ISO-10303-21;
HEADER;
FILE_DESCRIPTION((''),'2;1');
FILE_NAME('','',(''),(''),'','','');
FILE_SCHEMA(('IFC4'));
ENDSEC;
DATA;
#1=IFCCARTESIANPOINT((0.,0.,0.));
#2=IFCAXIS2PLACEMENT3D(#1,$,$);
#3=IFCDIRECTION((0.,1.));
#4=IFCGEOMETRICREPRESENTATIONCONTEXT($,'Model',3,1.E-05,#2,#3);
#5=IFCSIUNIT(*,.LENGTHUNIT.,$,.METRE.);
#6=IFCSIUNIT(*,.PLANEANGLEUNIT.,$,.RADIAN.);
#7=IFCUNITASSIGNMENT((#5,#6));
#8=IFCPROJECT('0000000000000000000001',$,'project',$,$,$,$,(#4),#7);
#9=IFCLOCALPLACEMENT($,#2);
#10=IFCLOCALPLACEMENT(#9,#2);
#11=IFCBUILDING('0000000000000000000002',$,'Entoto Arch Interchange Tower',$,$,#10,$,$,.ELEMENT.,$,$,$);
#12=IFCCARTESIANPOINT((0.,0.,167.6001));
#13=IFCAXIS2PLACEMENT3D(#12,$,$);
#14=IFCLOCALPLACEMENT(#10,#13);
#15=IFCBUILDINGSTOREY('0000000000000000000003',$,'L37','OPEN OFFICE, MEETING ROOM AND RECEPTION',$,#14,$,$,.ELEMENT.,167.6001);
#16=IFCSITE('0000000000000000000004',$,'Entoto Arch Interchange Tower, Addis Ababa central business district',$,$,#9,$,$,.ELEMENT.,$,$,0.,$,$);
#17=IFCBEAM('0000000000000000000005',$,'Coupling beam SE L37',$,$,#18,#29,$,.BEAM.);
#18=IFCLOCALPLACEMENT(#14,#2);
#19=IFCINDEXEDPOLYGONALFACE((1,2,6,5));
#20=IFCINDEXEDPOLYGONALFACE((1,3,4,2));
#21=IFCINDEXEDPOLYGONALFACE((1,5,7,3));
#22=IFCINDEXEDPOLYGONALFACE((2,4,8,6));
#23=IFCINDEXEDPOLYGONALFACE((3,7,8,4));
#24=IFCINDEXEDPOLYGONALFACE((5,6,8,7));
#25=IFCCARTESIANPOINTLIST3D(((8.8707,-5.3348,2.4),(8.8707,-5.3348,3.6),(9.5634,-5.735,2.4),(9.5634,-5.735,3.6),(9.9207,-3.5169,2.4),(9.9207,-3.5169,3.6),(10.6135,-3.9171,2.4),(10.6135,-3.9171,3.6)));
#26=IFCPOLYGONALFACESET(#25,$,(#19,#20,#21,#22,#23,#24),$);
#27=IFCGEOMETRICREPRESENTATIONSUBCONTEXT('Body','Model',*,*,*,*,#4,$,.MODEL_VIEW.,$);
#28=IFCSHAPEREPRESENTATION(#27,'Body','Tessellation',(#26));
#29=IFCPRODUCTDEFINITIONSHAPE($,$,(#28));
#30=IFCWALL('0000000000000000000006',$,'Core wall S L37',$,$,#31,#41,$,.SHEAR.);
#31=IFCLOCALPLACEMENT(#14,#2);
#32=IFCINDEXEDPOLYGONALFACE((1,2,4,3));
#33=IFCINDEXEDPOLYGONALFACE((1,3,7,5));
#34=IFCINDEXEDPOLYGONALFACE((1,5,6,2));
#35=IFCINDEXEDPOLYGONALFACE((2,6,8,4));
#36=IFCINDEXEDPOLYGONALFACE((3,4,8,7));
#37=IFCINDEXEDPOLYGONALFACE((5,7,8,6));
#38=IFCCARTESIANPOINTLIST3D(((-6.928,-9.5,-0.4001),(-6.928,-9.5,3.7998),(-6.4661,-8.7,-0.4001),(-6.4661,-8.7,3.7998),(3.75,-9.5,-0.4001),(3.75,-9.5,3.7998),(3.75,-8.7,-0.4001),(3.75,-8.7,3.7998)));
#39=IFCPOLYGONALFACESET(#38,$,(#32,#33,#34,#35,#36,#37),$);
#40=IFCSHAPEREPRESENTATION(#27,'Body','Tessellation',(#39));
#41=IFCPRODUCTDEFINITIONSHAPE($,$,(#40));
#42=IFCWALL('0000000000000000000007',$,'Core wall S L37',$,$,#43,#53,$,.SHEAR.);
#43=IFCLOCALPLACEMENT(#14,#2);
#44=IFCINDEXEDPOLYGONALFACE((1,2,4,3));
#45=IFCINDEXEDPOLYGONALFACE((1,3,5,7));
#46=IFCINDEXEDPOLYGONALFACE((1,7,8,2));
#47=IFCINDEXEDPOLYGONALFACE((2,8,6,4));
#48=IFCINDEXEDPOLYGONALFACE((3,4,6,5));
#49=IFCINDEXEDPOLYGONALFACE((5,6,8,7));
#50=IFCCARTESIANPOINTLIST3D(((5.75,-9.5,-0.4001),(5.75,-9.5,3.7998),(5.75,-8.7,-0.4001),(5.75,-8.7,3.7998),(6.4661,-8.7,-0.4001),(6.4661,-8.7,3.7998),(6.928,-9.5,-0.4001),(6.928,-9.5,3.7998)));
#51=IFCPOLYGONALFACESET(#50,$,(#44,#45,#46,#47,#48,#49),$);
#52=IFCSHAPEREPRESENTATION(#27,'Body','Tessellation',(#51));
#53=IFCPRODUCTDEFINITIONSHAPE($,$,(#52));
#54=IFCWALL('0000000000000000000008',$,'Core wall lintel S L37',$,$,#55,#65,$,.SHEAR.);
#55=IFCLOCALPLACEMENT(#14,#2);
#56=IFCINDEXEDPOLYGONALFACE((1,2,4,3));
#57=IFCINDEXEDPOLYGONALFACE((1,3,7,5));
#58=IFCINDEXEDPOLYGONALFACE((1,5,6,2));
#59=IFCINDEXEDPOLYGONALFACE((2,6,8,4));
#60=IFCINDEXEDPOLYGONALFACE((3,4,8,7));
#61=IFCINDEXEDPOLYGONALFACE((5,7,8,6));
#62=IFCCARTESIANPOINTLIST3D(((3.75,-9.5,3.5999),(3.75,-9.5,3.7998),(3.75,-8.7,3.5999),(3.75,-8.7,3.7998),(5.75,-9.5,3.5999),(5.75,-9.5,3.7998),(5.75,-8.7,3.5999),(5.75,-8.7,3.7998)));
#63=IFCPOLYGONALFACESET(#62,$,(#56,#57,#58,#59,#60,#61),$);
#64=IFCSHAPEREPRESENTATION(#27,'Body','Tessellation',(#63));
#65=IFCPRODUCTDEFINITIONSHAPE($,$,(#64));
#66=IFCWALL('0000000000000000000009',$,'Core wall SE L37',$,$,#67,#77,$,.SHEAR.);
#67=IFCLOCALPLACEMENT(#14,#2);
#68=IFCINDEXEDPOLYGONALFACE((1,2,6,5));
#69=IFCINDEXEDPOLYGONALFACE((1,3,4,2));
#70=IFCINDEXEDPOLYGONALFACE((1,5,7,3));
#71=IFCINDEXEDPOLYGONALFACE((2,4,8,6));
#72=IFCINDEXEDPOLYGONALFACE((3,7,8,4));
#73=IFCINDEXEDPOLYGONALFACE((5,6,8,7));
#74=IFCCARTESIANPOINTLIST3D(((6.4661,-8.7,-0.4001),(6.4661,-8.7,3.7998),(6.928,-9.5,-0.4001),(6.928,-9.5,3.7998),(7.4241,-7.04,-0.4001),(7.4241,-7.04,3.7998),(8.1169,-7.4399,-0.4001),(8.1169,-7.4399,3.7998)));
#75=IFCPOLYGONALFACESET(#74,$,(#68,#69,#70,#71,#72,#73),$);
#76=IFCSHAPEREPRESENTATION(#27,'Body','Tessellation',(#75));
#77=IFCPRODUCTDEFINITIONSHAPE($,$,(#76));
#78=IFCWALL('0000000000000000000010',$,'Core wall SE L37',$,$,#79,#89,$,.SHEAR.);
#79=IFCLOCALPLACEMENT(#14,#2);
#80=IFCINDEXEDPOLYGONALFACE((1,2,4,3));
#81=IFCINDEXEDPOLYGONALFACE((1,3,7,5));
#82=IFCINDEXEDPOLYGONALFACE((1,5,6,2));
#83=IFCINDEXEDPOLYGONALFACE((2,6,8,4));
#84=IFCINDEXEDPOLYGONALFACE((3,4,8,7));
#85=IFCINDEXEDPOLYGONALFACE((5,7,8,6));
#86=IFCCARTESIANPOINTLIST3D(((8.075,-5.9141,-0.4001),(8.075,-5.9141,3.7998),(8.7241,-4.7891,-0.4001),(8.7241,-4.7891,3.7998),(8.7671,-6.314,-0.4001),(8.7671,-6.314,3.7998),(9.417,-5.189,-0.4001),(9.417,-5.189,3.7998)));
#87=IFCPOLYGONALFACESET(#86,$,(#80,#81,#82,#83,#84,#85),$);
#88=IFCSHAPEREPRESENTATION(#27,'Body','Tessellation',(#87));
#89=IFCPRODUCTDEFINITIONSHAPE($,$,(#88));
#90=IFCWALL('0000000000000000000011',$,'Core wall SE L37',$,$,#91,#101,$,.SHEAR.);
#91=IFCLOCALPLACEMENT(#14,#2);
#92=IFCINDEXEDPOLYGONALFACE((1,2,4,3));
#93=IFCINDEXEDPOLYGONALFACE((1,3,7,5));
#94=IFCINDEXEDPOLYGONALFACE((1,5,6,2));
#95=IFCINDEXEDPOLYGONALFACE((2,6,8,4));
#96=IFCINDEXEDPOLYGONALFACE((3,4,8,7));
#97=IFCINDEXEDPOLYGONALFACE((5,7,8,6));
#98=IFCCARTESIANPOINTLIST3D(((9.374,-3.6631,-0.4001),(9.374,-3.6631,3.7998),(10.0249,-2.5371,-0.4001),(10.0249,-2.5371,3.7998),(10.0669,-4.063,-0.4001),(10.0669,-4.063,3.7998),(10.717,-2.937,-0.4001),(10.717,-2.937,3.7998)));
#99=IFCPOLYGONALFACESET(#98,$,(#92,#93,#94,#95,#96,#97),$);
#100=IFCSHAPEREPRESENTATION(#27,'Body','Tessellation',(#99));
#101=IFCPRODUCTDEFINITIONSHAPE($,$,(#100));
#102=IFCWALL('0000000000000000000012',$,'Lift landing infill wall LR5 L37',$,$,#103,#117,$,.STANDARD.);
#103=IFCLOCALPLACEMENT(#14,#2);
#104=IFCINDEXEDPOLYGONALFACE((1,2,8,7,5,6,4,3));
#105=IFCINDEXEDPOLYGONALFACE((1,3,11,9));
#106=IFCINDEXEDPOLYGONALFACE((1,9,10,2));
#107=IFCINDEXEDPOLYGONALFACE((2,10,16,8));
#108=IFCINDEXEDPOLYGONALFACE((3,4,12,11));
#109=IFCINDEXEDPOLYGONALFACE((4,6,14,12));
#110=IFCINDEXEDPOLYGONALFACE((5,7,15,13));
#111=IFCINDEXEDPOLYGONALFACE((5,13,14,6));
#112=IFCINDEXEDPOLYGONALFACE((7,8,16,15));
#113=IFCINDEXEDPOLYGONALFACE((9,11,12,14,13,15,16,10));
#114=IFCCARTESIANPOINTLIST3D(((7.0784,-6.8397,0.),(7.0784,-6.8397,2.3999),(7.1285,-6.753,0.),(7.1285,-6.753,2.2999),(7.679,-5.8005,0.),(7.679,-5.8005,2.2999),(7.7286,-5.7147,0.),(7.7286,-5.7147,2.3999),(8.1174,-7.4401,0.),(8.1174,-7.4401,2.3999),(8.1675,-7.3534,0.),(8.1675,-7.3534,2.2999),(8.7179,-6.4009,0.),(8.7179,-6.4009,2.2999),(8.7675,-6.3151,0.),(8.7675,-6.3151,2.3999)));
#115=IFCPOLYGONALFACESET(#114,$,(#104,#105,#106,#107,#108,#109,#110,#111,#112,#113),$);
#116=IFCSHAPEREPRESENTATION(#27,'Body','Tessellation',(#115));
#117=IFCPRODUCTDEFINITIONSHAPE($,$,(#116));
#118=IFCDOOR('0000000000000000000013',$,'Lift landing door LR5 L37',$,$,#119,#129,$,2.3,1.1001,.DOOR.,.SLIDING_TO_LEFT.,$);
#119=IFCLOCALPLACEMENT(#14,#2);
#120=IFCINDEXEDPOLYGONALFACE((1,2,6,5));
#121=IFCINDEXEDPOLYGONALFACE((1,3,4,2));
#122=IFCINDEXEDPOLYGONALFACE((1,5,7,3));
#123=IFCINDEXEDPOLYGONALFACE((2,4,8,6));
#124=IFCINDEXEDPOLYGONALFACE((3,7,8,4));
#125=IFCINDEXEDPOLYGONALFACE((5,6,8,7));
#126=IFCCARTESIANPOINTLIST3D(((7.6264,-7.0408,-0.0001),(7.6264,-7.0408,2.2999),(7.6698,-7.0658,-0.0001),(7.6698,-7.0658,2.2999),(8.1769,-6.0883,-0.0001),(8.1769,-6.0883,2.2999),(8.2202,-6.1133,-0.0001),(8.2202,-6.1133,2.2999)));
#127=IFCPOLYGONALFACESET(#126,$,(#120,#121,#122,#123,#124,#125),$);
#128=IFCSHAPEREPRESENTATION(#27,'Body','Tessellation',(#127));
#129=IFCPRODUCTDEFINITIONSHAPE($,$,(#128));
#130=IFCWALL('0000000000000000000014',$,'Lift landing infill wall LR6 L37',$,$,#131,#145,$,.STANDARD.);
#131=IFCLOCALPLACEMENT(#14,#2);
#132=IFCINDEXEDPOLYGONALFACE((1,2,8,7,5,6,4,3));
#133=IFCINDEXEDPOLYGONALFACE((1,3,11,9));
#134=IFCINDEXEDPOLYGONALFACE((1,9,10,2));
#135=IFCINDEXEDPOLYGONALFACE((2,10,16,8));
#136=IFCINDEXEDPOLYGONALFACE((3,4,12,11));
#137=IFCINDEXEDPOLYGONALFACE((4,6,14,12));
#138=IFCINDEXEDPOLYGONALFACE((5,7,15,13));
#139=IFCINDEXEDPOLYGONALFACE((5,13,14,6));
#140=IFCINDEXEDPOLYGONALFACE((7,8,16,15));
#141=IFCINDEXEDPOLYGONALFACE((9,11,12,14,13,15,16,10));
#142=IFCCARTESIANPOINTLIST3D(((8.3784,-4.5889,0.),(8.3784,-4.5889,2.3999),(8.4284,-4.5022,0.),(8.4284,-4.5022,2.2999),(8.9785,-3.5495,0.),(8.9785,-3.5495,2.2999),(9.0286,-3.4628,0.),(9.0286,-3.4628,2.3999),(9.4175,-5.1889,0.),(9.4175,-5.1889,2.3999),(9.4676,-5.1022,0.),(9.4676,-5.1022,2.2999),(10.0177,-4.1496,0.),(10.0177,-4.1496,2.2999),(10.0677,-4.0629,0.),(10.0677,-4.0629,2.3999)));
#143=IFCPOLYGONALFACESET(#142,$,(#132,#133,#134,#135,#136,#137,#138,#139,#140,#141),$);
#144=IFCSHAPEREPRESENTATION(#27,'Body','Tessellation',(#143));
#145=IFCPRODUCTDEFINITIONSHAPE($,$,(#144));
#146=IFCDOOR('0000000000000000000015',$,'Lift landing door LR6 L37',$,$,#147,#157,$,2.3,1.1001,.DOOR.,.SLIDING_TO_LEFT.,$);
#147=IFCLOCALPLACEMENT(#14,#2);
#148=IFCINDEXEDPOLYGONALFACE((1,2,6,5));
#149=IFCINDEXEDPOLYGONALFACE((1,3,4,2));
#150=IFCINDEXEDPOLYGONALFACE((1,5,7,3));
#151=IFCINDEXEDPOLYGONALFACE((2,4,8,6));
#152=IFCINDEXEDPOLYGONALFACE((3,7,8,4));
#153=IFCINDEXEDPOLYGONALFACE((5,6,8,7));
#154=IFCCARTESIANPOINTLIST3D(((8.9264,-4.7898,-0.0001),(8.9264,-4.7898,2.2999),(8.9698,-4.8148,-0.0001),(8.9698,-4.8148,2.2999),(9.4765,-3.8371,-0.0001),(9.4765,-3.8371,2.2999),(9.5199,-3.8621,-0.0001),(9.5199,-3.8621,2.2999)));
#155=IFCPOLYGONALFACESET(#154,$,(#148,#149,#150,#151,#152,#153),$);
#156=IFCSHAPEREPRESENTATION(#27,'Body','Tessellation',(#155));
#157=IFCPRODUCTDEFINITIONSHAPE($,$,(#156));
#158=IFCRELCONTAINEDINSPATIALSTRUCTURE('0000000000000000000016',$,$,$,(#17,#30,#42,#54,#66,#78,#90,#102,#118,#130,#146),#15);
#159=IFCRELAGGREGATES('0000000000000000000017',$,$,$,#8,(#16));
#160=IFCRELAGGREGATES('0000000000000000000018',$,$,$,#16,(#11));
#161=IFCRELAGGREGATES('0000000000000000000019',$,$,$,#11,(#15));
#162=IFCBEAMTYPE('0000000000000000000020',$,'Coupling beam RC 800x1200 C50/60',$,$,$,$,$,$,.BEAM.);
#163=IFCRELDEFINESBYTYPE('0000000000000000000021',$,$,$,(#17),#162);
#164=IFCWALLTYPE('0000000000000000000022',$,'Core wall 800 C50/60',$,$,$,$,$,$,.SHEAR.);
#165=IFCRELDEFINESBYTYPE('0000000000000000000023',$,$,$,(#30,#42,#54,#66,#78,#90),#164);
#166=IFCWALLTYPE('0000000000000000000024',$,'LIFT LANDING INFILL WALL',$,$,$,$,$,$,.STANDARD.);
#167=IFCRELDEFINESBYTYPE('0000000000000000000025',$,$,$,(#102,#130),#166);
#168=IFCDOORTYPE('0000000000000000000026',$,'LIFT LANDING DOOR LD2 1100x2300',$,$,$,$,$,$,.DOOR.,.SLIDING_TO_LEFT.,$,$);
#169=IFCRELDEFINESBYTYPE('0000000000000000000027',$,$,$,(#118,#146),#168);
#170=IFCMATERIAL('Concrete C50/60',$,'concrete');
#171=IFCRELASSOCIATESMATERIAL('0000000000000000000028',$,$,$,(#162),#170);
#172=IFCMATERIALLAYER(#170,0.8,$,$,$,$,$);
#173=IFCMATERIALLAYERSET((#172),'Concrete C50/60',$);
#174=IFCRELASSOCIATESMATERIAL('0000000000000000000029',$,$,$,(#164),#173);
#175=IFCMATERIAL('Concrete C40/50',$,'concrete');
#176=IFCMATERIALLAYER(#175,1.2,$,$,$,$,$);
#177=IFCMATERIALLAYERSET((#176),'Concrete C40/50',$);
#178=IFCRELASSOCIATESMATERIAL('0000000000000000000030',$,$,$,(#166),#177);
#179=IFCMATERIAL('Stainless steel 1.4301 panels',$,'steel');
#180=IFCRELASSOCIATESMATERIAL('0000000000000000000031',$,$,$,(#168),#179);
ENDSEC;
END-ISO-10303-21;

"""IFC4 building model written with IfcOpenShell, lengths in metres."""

from ifc_helpers import new_model, si_unit, direction, frame, frame_2d, origin, origin_2d, place, context, subcontext, project, spatial, polyline, rectangle, outline, extrude, material, layer, layer_set, material_profile, profile_set, type_object, element, fill, save


model = new_model("IFC4")

# Units and contexts
model_context = context("Model", 3, precision=1e-05, world=origin(), true_north=direction((0.0, 1.0)))
body_context = subcontext(model_context, "Body", "Model", "MODEL_VIEW")
ifc_project = project(units=[si_unit("LENGTHUNIT", "METRE"), si_unit("PLANEANGLEUNIT", "RADIAN")], contexts=[model_context])

# Site, building, storey
site_placement = place(None, origin())
site = spatial("IfcSite", under=ifc_project, at=site_placement, Name="Entoto Arch Interchange Tower, Addis Ababa central business district", CompositionType="ELEMENT", RefElevation=0.0)
building_placement = place(site_placement, origin())
building = spatial("IfcBuilding", under=site, at=building_placement, Name="Entoto Arch Interchange Tower", CompositionType="ELEMENT")
storey_placement = place(building_placement, frame((0.0, 0.0, 167.6001)))
storey = spatial("IfcBuildingStorey", under=building, at=storey_placement, Name="L37", Description="OPEN OFFICE, MEETING ROOM AND RECEPTION", CompositionType="ELEMENT", Elevation=167.6001)

# Beam
ifc_material_1 = material(Name="Concrete C50/60", Category="concrete")
ifc_material_profile = material_profile(ifc_material_1, rectangle(XDim=0.8, YDim=1.2, at=origin_2d()))
ifc_profile_set = profile_set([ifc_material_profile], Name="Concrete C50/60")
beam_type = type_object("IfcBeamType", Name="Coupling beam RC 800x1200 C50/60", PredefinedType="BEAM", material=ifc_profile_set)
beam_placement = place(storey_placement, frame((9.217, -5.5349, 3.0), z_axis=(0.500179, 0.865922, 0.0), x_axis=(-0.865922, 0.500179, 0.0)))
element("IfcBeam", 1, at=beam_placement, inside=storey, type_object=beam_type, Name="Coupling beam SE L37", PredefinedType="BEAM", context=body_context, shape_type="SweptSolid", body=[
    extrude(rectangle(XDim=0.8, YDim=1.2, at=origin_2d()), origin(), (0.0, 0.0, 1.0), 2.0994),
])

# Walls
ifc_layer_1 = layer(ifc_material_1, 0.8)
ifc_layer_set_1 = layer_set([ifc_layer_1], Name="Concrete C50/60")
wall_type_1 = type_object("IfcWallType", Name="Core wall 800 C50/60", PredefinedType="SHEAR", material=ifc_layer_set_1)
wall_1_placement = place(storey_placement, frame((0.0, 0.0, -0.4001)))
element("IfcWall", 2, at=wall_1_placement, inside=storey, type_object=wall_type_1, Name="Core wall S L37", PredefinedType="SHEAR", context=body_context, shape_type="SweptSolid", body=[
    extrude(outline(polyline([(3.75, -9.5), (3.75, -8.7), (-6.4661, -8.7), (-6.928, -9.5), (3.75, -9.5)])), origin(), (0.0, 0.0, 1.0), 4.2),
])
wall_2_placement = place(storey_placement, frame((0.0, 0.0, -0.4001)))
element("IfcWall", 3, at=wall_2_placement, inside=storey, type_object=wall_type_1, Name="Core wall S L37", PredefinedType="SHEAR", context=body_context, shape_type="SweptSolid", body=[
    extrude(outline(polyline([(5.75, -8.7), (5.75, -9.5), (6.928, -9.5), (6.4661, -8.7), (5.75, -8.7)])), origin(), (0.0, 0.0, 1.0), 4.2),
])
wall_3_placement = place(storey_placement, frame((0.0, 0.0, 3.5999)))
element("IfcWall", 4, at=wall_3_placement, inside=storey, type_object=wall_type_1, Name="Core wall lintel S L37", PredefinedType="SHEAR", context=body_context, shape_type="SweptSolid", body=[
    extrude(outline(polyline([(5.75, -9.5), (5.75, -8.7), (3.75, -8.7), (3.75, -9.5), (5.75, -9.5)])), origin(), (0.0, 0.0, 1.0), 0.2),
])
wall_4_placement = place(storey_placement, frame((0.0, 0.0, -0.4001)))
element("IfcWall", 5, at=wall_4_placement, inside=storey, type_object=wall_type_1, Name="Core wall SE L37", PredefinedType="SHEAR", context=body_context, shape_type="SweptSolid", body=[
    extrude(outline(polyline([(8.1169, -7.4399), (7.4241, -7.04), (6.4661, -8.7), (6.928, -9.5), (8.1169, -7.4399)])), origin(), (0.0, 0.0, 1.0), 4.2),
])
wall_5_placement = place(storey_placement, frame((0.0, 0.0, -0.4001)))
element("IfcWall", 6, at=wall_5_placement, inside=storey, type_object=wall_type_1, Name="Core wall SE L37", PredefinedType="SHEAR", context=body_context, shape_type="SweptSolid", body=[
    extrude(outline(polyline([(9.417, -5.189), (8.7241, -4.7891), (8.075, -5.9141), (8.7671, -6.314), (9.417, -5.189)])), origin(), (0.0, 0.0, 1.0), 4.2),
])
wall_6_placement = place(storey_placement, frame((0.0, 0.0, -0.4001)))
element("IfcWall", 7, at=wall_6_placement, inside=storey, type_object=wall_type_1, Name="Core wall SE L37", PredefinedType="SHEAR", context=body_context, shape_type="SweptSolid", body=[
    extrude(outline(polyline([(10.717, -2.937), (10.0249, -2.5371), (9.374, -3.6631), (10.0669, -4.063), (10.717, -2.937)])), origin(), (0.0, 0.0, 1.0), 4.2),
])

# Walls, openings, doors
ifc_material_2 = material(Name="Concrete C40/50", Category="concrete")
ifc_layer_2 = layer(ifc_material_2, 1.2)
ifc_layer_set_2 = layer_set([ifc_layer_2], Name="Concrete C40/50")
wall_type_2 = type_object("IfcWallType", Name="LIFT LANDING INFILL WALL", PredefinedType="STANDARD", material=ifc_layer_set_2)
wall_7_placement = place(storey_placement, frame((7.5979, -7.1399, 0.0), z_axis=(0.0, 0.0, 1.0), x_axis=(0.500362, 0.865816, 0.0)))
wall_7 = element("IfcWall", 8, at=wall_7_placement, inside=storey, type_object=wall_type_2, Name="Lift landing infill wall LR5 L37", PredefinedType="STANDARD", context=body_context, shape_type="SweptSolid", body=[
    extrude(rectangle(XDim=1.2993, YDim=1.2, at=frame_2d((0.6497, 0.0))), origin(), (0.0, 0.0, 1.0), 2.3999),
])
opening_1_placement = place(wall_7_placement, frame((0.1001, 0.0, 0.0)))
opening_1 = element("IfcOpeningElement", 9, at=opening_1_placement, cuts=wall_7, PredefinedType="OPENING", context=body_context, shape_type="SweptSolid", body=[
    extrude(rectangle(XDim=1.1001, YDim=2.3, at=frame_2d((0.55, 1.1499))), frame((0.0, 0.6099, 0.0), z_axis=(0.0, -1.0, 0.0), x_axis=(1.0, 0.0, 0.0)), (0.0, 0.0, 1.0), 1.22),
])
ifc_material_3 = material(Name="Stainless steel 1.4301 panels", Category="steel")
door_type_1 = type_object("IfcDoorType", Name="LIFT LANDING DOOR LD2 1100x2300", OperationType="SLIDING_TO_LEFT", PredefinedType="DOOR", material=ifc_material_3)
door_1_placement = place(opening_1_placement, origin())
door_1 = element("IfcDoor", 10, at=door_1_placement, inside=storey, type_object=door_type_1, Name="Lift landing door LR5 L37", OperationType="SLIDING_TO_LEFT", OverallHeight=2.3, OverallWidth=1.1001, PredefinedType="DOOR", context=body_context, shape_type="SweptSolid", body=[
    extrude(rectangle(XDim=1.1001, YDim=2.3, at=frame_2d((0.55, 1.1499))), frame((0.0, 0.0249, 0.0), z_axis=(0.0, -1.0, 0.0), x_axis=(1.0, 0.0, 0.0)), (0.0, 0.0, 1.0), 0.05),
])
fill(opening_1, door_1)
wall_8_placement = place(storey_placement, frame((8.8979, -4.8889, 0.0), z_axis=(0.0, 0.0, 1.0), x_axis=(0.500037, 0.866004, 0.0)))
wall_8 = element("IfcWall", 11, at=wall_8_placement, inside=storey, type_object=wall_type_2, Name="Lift landing infill wall LR6 L37", PredefinedType="STANDARD", context=body_context, shape_type="SweptSolid", body=[
    extrude(rectangle(XDim=1.3003, YDim=1.2, at=frame_2d((0.6501, 0.0))), origin(), (0.0, 0.0, 1.0), 2.3999),
])
opening_2_placement = place(wall_8_placement, frame((0.1001, 0.0, 0.0)))
opening_2 = element("IfcOpeningElement", 12, at=opening_2_placement, cuts=wall_8, PredefinedType="OPENING", context=body_context, shape_type="SweptSolid", body=[
    extrude(rectangle(XDim=1.1001, YDim=2.3, at=frame_2d((0.55, 1.1499))), frame((0.0, 0.6099, 0.0), z_axis=(0.0, -1.0, 0.0), x_axis=(1.0, 0.0, 0.0)), (0.0, 0.0, 1.0), 1.22),
])
door_2_placement = place(opening_2_placement, origin())
door_2 = element("IfcDoor", 13, at=door_2_placement, inside=storey, type_object=door_type_1, Name="Lift landing door LR6 L37", OperationType="SLIDING_TO_LEFT", OverallHeight=2.3, OverallWidth=1.1001, PredefinedType="DOOR", context=body_context, shape_type="SweptSolid", body=[
    extrude(rectangle(XDim=1.1001, YDim=2.3, at=frame_2d((0.55, 1.1499))), frame((0.0, 0.0249, 0.0), z_axis=(0.0, -1.0, 0.0), x_axis=(1.0, 0.0, 0.0)), (0.0, 0.0, 1.0), 0.05),
])
fill(opening_2, door_2)

save(model, "model.ifc")
